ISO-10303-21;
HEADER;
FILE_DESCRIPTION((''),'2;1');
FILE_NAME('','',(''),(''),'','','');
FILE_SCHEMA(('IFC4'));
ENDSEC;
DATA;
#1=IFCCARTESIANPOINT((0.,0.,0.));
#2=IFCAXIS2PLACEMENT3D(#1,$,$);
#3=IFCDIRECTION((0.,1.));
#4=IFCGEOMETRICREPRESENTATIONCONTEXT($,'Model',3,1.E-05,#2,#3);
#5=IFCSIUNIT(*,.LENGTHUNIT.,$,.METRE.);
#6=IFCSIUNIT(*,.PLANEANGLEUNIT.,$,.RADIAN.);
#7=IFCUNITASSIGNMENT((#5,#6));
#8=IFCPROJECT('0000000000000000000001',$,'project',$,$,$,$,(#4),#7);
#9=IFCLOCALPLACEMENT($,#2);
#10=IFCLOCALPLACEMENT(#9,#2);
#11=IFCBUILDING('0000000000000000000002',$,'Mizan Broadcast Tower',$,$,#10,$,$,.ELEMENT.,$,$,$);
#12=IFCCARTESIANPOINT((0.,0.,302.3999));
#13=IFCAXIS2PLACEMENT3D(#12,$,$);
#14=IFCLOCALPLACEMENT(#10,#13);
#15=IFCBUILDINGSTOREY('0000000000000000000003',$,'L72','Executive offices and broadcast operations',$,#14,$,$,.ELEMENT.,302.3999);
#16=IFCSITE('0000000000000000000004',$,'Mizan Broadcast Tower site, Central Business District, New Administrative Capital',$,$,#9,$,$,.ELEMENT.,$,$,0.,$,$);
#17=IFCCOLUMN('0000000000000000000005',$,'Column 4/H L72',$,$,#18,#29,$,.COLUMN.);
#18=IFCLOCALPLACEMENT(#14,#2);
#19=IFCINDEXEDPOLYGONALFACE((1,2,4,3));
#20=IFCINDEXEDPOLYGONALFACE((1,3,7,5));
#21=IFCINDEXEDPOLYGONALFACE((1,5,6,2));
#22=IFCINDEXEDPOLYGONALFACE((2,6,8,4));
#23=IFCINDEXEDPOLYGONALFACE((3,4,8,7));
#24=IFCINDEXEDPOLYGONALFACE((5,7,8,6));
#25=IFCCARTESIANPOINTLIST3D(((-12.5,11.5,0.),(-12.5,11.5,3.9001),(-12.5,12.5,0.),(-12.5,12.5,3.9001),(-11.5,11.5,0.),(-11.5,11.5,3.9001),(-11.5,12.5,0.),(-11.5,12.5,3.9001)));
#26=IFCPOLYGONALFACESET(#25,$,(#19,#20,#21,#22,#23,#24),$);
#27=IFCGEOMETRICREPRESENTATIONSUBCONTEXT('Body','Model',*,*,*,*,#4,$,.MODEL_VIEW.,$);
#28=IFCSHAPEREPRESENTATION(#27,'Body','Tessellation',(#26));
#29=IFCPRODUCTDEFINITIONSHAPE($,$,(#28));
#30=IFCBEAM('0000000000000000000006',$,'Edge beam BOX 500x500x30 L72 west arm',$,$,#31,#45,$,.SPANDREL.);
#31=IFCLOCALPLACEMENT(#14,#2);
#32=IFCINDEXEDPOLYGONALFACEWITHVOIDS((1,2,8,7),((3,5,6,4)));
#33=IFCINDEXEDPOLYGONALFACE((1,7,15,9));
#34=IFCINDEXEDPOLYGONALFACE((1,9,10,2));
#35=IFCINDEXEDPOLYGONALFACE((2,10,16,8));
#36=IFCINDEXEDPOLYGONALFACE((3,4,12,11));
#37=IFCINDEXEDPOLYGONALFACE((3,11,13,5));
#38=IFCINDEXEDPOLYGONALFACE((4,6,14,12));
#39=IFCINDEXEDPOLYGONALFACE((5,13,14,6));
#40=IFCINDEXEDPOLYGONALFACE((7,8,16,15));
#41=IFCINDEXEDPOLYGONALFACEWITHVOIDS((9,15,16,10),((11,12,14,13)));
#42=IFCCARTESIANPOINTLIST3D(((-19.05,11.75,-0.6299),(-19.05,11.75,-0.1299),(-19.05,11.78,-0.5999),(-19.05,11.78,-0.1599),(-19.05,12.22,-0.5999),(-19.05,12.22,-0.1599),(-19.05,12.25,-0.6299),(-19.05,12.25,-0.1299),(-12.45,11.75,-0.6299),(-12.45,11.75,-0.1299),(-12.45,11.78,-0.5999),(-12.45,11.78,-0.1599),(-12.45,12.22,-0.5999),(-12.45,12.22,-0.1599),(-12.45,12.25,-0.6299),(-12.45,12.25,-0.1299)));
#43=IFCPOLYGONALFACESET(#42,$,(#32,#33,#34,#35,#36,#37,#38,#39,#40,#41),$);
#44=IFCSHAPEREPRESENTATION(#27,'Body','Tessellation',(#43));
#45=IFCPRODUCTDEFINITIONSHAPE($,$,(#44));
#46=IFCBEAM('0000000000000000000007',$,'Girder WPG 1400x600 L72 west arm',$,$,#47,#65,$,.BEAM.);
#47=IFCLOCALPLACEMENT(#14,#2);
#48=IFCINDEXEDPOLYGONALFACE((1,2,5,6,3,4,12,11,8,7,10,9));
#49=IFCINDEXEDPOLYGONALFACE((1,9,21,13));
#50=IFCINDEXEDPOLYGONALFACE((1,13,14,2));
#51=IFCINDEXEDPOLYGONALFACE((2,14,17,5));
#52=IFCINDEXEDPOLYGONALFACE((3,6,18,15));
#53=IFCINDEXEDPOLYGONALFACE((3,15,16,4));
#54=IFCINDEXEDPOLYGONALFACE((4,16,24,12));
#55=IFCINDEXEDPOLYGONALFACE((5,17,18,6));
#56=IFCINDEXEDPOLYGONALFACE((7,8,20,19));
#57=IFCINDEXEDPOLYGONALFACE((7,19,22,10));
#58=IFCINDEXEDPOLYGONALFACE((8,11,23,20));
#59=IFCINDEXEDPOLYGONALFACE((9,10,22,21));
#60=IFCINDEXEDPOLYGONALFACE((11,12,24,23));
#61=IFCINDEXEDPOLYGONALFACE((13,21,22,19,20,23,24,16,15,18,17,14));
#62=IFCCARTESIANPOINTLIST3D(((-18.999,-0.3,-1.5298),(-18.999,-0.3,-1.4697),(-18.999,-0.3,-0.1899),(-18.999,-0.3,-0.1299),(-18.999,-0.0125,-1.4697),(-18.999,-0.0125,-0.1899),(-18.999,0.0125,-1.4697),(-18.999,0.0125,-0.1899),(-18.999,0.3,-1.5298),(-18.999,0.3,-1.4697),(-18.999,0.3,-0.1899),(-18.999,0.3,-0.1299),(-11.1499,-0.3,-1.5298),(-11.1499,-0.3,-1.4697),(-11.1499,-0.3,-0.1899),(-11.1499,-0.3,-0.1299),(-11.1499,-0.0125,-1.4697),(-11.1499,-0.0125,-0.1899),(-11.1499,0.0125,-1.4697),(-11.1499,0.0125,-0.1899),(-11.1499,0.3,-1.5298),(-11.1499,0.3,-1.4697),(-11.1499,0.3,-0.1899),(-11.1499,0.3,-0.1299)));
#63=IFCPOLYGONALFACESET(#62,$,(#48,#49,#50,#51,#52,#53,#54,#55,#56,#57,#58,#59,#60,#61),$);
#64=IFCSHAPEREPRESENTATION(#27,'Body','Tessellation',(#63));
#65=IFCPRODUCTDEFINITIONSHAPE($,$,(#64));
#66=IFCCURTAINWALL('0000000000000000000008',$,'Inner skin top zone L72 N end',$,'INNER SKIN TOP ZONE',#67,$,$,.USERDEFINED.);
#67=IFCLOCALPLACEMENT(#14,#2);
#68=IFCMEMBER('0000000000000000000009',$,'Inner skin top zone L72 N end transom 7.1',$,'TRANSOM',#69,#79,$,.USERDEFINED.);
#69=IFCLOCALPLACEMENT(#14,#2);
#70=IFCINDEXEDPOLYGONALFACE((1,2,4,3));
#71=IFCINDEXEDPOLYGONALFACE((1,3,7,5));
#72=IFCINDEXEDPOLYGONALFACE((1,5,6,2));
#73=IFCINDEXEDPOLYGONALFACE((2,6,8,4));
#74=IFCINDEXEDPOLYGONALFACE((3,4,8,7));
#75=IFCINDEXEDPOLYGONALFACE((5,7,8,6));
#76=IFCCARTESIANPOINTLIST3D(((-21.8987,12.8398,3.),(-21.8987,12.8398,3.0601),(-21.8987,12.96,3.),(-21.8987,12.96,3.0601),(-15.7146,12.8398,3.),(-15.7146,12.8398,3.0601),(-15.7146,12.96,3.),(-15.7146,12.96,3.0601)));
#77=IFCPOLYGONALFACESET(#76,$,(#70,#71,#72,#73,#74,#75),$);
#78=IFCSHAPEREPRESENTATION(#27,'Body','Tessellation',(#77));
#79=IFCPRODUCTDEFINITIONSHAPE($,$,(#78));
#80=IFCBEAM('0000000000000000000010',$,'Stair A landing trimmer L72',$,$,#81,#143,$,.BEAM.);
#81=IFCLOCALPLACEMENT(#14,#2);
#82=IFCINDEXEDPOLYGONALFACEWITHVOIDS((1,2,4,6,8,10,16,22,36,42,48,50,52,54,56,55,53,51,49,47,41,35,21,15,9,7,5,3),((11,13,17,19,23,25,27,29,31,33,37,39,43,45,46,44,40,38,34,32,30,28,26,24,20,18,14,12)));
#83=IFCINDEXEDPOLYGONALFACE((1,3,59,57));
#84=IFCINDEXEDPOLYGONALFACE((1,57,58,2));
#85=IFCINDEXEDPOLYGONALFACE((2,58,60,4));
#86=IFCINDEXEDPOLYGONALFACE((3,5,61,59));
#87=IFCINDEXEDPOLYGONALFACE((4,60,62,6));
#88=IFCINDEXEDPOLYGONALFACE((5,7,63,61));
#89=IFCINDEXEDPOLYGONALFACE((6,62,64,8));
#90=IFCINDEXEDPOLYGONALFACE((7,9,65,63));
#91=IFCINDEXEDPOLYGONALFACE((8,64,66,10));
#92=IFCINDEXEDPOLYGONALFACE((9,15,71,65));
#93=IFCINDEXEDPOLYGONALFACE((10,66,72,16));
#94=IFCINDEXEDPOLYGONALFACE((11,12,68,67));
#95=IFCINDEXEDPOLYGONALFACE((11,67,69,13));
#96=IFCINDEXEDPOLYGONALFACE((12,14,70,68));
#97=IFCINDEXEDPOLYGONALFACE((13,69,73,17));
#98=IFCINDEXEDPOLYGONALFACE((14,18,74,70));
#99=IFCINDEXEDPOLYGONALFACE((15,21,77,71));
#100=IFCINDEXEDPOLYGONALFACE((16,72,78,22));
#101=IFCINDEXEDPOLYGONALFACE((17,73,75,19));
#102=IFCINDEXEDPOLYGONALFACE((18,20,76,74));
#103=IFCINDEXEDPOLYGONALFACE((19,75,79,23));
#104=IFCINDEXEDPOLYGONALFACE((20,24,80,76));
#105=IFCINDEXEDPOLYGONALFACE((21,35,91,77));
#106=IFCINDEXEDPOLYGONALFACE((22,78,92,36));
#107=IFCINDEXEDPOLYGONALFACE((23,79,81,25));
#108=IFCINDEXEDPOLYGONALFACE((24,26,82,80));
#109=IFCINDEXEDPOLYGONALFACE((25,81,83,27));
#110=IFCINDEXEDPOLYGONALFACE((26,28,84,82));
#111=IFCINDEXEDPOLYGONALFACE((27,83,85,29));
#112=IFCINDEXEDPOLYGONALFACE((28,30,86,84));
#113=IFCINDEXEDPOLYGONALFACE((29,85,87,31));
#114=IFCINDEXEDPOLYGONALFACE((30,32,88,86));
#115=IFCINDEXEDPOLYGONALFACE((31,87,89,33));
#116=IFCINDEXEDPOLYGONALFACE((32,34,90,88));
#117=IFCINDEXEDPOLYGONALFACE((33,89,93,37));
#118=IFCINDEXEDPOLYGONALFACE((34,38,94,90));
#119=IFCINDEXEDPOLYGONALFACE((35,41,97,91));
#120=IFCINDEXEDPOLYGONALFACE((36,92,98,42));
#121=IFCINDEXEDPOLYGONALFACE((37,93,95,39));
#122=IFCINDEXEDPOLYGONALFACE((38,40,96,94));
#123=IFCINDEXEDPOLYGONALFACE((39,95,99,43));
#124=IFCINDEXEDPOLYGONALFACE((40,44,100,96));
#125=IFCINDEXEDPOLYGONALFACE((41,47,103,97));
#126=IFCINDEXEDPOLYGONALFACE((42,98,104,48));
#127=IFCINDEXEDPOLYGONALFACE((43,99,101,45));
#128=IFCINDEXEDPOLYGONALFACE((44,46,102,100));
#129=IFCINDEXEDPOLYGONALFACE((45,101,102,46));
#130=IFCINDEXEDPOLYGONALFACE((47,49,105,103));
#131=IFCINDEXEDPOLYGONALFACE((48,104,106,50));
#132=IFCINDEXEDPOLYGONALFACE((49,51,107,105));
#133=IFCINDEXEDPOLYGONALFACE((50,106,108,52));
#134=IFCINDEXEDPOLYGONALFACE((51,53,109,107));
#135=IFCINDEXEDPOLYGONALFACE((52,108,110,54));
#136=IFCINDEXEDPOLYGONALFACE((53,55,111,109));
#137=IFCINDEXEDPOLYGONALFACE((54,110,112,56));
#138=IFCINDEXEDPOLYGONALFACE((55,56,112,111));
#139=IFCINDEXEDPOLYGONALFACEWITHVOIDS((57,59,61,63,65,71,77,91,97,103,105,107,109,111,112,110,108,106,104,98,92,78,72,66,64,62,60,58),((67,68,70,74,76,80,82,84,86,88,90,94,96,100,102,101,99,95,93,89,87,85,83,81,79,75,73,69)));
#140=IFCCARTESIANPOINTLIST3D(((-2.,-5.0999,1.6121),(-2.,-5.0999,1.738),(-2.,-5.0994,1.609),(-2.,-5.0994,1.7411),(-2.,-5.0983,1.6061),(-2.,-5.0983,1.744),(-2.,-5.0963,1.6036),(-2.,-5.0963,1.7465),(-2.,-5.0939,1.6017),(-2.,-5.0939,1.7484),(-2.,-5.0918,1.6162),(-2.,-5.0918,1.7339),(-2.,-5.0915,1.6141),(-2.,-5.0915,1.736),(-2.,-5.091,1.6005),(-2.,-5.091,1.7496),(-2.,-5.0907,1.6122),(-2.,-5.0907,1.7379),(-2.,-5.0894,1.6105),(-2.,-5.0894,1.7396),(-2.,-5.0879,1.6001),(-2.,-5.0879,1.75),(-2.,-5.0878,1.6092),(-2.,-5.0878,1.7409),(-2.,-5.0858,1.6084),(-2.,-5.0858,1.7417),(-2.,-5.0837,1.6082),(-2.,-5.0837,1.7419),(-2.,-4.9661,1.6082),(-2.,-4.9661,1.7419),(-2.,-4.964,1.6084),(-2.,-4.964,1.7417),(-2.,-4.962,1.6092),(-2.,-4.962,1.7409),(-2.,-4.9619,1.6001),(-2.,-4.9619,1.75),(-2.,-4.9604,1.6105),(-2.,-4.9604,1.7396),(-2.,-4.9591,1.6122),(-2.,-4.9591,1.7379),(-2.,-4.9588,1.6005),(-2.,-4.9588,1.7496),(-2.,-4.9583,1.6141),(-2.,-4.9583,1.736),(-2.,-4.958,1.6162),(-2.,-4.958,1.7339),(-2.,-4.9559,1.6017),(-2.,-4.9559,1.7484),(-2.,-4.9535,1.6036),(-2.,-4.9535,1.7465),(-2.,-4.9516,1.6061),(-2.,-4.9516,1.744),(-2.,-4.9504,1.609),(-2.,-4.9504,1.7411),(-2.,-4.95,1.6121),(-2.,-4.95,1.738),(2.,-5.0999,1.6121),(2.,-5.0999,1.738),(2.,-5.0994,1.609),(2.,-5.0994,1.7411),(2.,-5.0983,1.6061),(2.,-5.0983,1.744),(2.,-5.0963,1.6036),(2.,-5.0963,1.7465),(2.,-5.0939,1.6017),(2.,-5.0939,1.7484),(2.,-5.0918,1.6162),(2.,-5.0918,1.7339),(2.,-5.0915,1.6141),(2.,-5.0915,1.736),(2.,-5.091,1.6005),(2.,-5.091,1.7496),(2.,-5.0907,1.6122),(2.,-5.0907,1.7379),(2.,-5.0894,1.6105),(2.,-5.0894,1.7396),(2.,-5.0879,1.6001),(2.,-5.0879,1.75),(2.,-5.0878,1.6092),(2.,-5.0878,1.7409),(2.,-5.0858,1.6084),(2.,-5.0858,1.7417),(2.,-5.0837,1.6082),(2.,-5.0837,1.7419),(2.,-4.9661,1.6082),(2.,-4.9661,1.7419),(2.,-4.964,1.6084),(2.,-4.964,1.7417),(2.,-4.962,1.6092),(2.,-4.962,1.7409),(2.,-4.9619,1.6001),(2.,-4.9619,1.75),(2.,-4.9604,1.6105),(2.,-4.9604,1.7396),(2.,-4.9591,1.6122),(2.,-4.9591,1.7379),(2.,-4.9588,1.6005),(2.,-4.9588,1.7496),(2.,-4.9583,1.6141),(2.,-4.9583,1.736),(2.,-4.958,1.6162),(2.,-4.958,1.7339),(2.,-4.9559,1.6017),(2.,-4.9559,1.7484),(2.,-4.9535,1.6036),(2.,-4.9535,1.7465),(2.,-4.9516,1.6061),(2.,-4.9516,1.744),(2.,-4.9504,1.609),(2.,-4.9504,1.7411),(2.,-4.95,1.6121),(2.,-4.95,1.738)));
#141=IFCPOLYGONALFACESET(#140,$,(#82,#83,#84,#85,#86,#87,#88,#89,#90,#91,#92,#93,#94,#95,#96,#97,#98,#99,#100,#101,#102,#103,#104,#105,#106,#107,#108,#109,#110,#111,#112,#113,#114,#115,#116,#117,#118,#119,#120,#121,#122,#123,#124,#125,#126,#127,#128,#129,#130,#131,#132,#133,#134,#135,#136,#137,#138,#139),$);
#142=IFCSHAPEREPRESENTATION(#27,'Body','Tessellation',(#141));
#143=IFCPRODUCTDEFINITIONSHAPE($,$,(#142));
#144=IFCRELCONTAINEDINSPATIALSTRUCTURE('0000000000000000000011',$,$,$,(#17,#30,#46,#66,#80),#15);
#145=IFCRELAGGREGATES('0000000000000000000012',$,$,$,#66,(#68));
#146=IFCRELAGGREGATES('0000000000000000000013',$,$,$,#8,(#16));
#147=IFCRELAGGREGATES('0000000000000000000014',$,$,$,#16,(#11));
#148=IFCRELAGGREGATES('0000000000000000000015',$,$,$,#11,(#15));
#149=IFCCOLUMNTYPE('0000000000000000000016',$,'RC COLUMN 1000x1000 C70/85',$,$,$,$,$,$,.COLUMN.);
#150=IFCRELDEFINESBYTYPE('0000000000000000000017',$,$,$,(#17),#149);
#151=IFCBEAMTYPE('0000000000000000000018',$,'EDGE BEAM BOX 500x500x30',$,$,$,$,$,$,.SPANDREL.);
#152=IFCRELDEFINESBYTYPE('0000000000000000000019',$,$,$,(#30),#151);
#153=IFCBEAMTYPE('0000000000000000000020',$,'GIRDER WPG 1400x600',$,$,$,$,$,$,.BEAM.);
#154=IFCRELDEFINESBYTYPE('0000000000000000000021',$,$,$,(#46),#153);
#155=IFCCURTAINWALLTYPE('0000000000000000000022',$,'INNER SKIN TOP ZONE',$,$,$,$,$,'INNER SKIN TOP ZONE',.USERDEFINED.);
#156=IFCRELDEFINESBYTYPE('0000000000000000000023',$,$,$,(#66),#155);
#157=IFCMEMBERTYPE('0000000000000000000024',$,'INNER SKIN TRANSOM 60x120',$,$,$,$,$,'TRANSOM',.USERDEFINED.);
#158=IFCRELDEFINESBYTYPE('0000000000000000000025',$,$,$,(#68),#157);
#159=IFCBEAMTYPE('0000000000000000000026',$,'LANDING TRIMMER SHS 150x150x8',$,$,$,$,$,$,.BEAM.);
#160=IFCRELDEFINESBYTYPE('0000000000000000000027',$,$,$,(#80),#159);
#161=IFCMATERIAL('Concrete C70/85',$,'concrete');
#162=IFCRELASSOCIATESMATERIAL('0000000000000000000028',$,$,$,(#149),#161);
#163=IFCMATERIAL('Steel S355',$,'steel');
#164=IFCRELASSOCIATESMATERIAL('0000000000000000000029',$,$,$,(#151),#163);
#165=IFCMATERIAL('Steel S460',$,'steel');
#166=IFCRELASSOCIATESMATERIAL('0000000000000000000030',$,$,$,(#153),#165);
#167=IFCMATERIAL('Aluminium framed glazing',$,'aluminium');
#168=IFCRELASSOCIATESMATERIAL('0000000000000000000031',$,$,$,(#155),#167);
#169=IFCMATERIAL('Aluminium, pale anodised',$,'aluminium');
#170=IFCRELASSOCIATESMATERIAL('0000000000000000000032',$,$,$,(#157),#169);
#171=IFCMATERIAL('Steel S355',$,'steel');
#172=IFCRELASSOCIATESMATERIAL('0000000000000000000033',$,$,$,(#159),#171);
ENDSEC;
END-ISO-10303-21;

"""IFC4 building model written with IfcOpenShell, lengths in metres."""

from ifc_helpers import new_model, si_unit, direction, frame, origin, origin_2d, place, context, subcontext, project, spatial, rectangle, hollow_rectangle, i_section, extrude, material, material_profile, profile_set, type_object, element, aggregate, save


model = new_model("IFC4")

# Units and contexts
model_context = context("Model", 3, precision=1e-05, world=origin(), true_north=direction((0.0, 1.0)))
body_context = subcontext(model_context, "Body", "Model", "MODEL_VIEW")
ifc_project = project(units=[si_unit("LENGTHUNIT", "METRE"), si_unit("PLANEANGLEUNIT", "RADIAN")], contexts=[model_context])

# Site, building, storey
site_placement = place(None, origin())
site = spatial("IfcSite", under=ifc_project, at=site_placement, Name="Mizan Broadcast Tower site, Central Business District, New Administrative Capital", CompositionType="ELEMENT", RefElevation=0.0)
building_placement = place(site_placement, origin())
building = spatial("IfcBuilding", under=site, at=building_placement, Name="Mizan Broadcast Tower", CompositionType="ELEMENT")
storey_placement = place(building_placement, frame((0.0, 0.0, 302.3999)))
storey = spatial("IfcBuildingStorey", under=building, at=storey_placement, Name="L72", Description="Executive offices and broadcast operations", CompositionType="ELEMENT", Elevation=302.3999)

# Column
ifc_material_1 = material(Name="Concrete C70/85", Category="concrete")
ifc_material_profile_1 = material_profile(ifc_material_1, rectangle(XDim=1.0, YDim=1.0, at=origin_2d()), Name="RC 1000x1000")
ifc_profile_set_1 = profile_set([ifc_material_profile_1], Name="Concrete C70/85")
column_type = type_object("IfcColumnType", Name="RC COLUMN 1000x1000 C70/85", PredefinedType="COLUMN", material=ifc_profile_set_1)
column_placement = place(storey_placement, frame((-12.0, 12.0, 0.0), z_axis=(0.0, 0.0, 1.0), x_axis=(1.0, 0.0, 0.0)))
element("IfcColumn", 1, at=column_placement, inside=storey, type_object=column_type, Name="Column 4/H L72", PredefinedType="COLUMN", context=body_context, shape_type="SweptSolid", body=[
    extrude(rectangle(XDim=1.0, YDim=1.0, at=origin_2d()), origin(), (0.0, 0.0, 1.0), 3.9001),
])

# Beams
ifc_material_2 = material(Name="Steel S355", Category="steel")
ifc_material_profile_2 = material_profile(ifc_material_2, hollow_rectangle(XDim=0.5, YDim=0.5, WallThickness=0.03, at=origin_2d()), Name="BOX 500x500x30")
ifc_profile_set_2 = profile_set([ifc_material_profile_2], Name="Steel S355")
beam_type_1 = type_object("IfcBeamType", Name="EDGE BEAM BOX 500x500x30", PredefinedType="SPANDREL", material=ifc_profile_set_2)
beam_1_placement = place(storey_placement, frame((-12.45, 12.0, -0.3799), z_axis=(-1.0, 0.0, 0.0), x_axis=(0.0, -1.0, 0.0)))
element("IfcBeam", 2, at=beam_1_placement, inside=storey, type_object=beam_type_1, Name="Edge beam BOX 500x500x30 L72 west arm", PredefinedType="SPANDREL", context=body_context, shape_type="SweptSolid", body=[
    extrude(hollow_rectangle(XDim=0.5, YDim=0.5, WallThickness=0.03, at=origin_2d()), origin(), (0.0, 0.0, 1.0), 6.6001),
])
ifc_material_3 = material(Name="Steel S460", Category="steel")
ifc_material_profile_3 = material_profile(ifc_material_3, i_section(OverallWidth=0.6001, OverallDepth=1.3999, WebThickness=0.0249, FlangeThickness=0.0601, at=origin_2d()), Name="WPG 1400x600")
ifc_profile_set_3 = profile_set([ifc_material_profile_3], Name="Steel S460")
beam_type_2 = type_object("IfcBeamType", Name="GIRDER WPG 1400x600", PredefinedType="BEAM", material=ifc_profile_set_3)
beam_2_placement = place(storey_placement, frame((-11.1499, 0.0, -0.8298), z_axis=(-1.0, 0.0, 0.0), x_axis=(0.0, -1.0, 0.0)))
element("IfcBeam", 3, at=beam_2_placement, inside=storey, type_object=beam_type_2, Name="Girder WPG 1400x600 L72 west arm", PredefinedType="BEAM", context=body_context, shape_type="SweptSolid", body=[
    extrude(i_section(OverallWidth=0.6001, OverallDepth=1.3999, WebThickness=0.0249, FlangeThickness=0.0601, at=origin_2d()), origin(), (0.0, 0.0, 1.0), 7.8491),
])

# Curtain wall, member
ifc_material_4 = material(Name="Aluminium framed glazing", Category="aluminium")
curtain_wall_type = type_object("IfcCurtainWallType", Name="INNER SKIN TOP ZONE", ElementType="INNER SKIN TOP ZONE", PredefinedType="USERDEFINED", material=ifc_material_4)
curtain_wall_placement = place(storey_placement, origin())
curtain_wall = element("IfcCurtainWall", 4, at=curtain_wall_placement, inside=storey, type_object=curtain_wall_type, Name="Inner skin top zone L72 N end", ObjectType="INNER SKIN TOP ZONE", PredefinedType="USERDEFINED")
ifc_material_5 = material(Name="Aluminium, pale anodised", Category="aluminium")
ifc_material_profile_4 = material_profile(ifc_material_5, rectangle(XDim=0.1201, YDim=0.0601, at=origin_2d()), Name="TRANSOM 120x60")
ifc_profile_set_4 = profile_set([ifc_material_profile_4], Name="Aluminium, pale anodised")
member_type = type_object("IfcMemberType", Name="INNER SKIN TRANSOM 60x120", ElementType="TRANSOM", PredefinedType="USERDEFINED", material=ifc_profile_set_4)
member_placement = place(storey_placement, frame((-15.7146, 12.8999, 3.03), z_axis=(-1.0, 0.0, 0.0), x_axis=(0.0, -1.0, 0.0)))
member = element("IfcMember", 5, at=member_placement, type_object=member_type, Name="Inner skin top zone L72 N end transom 7.1", ObjectType="TRANSOM", PredefinedType="USERDEFINED", context=body_context, shape_type="SweptSolid", body=[
    extrude(rectangle(XDim=0.1201, YDim=0.0601, at=origin_2d()), origin(), (0.0, 0.0, 1.0), 6.1841),
])
aggregate(curtain_wall, [member])

# Beam
ifc_material_6 = material(Name="Steel S355", Category="steel")
ifc_material_profile_5 = material_profile(ifc_material_6, hollow_rectangle(XDim=0.1499, YDim=0.1499, WallThickness=0.0081, InnerFilletRadius=0.0081, OuterFilletRadius=0.012, at=origin_2d()), Name="SHS 150x150x8")
ifc_profile_set_5 = profile_set([ifc_material_profile_5], Name="Steel S355")
beam_type_3 = type_object("IfcBeamType", Name="LANDING TRIMMER SHS 150x150x8", PredefinedType="BEAM", material=ifc_profile_set_5)
for number, where, z_axis, x_axis, name in (
    (6, (-2.0, -5.0249, 1.675), (1.0, 0.0, 0.0), (0.0, 1.0, 0.0), "Stair A landing trimmer L72"),
):
    element("IfcBeam", number, at=place(storey_placement, frame(where, z_axis=z_axis, x_axis=x_axis)), inside=storey, type_object=beam_type_3, Name=name, PredefinedType="BEAM", context=body_context, shape_type="SweptSolid", body=[
        extrude(hollow_rectangle(XDim=0.1499, YDim=0.1499, WallThickness=0.0081, InnerFilletRadius=0.0081, OuterFilletRadius=0.012, at=origin_2d()), origin(), (0.0, 0.0, 1.0), 4.0),
    ])

save(model, "model.ifc")
